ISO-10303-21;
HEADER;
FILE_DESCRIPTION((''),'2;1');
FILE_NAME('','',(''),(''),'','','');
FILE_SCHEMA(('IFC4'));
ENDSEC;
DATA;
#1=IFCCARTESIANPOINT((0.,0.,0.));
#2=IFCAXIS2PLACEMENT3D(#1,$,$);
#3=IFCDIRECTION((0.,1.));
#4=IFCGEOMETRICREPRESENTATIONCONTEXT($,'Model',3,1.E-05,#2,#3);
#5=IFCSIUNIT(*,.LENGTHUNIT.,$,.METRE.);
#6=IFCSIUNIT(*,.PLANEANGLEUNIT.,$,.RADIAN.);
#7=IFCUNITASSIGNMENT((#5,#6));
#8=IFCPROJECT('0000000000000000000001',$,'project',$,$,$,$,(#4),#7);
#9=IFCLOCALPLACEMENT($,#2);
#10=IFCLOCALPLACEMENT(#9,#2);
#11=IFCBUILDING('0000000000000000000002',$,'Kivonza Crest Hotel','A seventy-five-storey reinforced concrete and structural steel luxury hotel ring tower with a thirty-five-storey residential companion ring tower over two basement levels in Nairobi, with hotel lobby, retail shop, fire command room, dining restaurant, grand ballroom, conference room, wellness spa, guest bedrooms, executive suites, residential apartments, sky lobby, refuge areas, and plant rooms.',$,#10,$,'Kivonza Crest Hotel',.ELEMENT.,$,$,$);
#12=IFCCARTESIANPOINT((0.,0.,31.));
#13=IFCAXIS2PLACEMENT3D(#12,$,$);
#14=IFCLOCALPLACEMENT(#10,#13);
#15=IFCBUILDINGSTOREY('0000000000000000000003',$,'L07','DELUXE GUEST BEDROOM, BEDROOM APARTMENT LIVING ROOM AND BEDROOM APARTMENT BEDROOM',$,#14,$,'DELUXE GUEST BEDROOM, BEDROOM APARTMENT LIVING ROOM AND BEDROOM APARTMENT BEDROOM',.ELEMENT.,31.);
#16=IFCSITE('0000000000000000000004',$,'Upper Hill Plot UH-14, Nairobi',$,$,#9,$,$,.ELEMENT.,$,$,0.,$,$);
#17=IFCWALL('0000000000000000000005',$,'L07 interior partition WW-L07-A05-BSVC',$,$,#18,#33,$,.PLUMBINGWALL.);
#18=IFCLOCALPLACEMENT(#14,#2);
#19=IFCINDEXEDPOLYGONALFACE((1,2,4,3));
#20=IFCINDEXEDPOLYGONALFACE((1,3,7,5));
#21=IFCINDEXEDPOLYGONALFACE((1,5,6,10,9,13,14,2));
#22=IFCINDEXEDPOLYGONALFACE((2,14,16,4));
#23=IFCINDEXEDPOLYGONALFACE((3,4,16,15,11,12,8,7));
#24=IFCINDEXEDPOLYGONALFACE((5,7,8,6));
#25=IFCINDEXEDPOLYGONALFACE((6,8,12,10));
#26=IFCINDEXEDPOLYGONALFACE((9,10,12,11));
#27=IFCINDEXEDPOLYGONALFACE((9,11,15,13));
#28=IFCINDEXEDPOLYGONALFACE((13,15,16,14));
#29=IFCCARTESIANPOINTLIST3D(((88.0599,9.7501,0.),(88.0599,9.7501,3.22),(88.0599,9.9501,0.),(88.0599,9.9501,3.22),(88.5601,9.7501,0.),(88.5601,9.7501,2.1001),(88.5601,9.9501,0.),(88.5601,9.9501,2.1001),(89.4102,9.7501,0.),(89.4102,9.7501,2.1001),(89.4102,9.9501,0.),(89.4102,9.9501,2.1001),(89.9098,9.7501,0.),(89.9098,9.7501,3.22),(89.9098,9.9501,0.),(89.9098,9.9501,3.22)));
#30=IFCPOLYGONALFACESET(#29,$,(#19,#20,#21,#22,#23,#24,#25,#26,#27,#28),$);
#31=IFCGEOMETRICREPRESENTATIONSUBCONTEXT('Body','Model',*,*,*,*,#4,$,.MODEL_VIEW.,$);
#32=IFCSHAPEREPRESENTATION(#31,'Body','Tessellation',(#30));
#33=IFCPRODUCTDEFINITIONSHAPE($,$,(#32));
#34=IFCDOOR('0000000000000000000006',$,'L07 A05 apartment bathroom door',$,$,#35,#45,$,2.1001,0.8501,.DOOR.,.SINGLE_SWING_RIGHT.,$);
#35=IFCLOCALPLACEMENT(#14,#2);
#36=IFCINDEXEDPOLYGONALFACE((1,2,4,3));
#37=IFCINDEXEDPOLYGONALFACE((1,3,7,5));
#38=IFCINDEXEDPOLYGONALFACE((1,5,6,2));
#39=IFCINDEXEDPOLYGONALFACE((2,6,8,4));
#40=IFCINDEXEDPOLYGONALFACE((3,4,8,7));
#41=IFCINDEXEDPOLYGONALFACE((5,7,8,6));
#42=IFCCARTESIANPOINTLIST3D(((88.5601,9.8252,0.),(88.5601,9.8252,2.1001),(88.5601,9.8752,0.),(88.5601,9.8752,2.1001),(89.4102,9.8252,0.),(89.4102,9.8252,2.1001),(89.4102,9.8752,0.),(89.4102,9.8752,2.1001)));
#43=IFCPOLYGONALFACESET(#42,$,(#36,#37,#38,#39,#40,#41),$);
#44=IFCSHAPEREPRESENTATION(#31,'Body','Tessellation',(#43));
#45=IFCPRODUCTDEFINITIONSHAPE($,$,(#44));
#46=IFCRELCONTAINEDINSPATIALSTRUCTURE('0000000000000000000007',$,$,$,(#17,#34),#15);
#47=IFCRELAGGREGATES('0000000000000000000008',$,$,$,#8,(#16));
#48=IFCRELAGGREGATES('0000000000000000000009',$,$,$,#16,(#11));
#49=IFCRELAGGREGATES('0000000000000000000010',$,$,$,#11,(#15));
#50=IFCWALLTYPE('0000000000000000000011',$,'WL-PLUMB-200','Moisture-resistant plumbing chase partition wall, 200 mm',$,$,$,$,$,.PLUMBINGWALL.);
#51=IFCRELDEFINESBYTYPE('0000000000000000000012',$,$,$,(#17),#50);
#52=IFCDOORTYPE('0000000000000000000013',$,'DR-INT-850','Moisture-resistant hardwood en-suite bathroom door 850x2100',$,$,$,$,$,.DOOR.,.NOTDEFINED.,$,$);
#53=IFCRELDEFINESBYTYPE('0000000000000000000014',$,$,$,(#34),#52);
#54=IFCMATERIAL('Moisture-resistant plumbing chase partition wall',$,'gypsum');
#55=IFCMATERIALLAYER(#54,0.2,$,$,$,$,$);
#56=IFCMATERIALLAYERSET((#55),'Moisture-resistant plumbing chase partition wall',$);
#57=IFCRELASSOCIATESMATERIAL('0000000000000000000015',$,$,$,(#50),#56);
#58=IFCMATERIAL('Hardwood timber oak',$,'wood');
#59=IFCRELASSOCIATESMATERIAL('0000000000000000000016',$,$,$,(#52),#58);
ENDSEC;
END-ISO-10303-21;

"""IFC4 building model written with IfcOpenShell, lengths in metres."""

from ifc_helpers import new_model, si_unit, direction, frame, frame_2d, origin, place, context, subcontext, project, spatial, rectangle, extrude, material, layer, layer_set, type_object, element, fill, save


model = new_model("IFC4")

# Units and contexts
model_context = context("Model", 3, precision=1e-05, world=origin(), true_north=direction((0.0, 1.0)))
body_context = subcontext(model_context, "Body", "Model", "MODEL_VIEW")
ifc_project = project(units=[si_unit("LENGTHUNIT", "METRE"), si_unit("PLANEANGLEUNIT", "RADIAN")], contexts=[model_context])

# Site, building, storey
site_placement = place(None, origin())
site = spatial("IfcSite", under=ifc_project, at=site_placement, Name="Upper Hill Plot UH-14, Nairobi", CompositionType="ELEMENT", RefElevation=0.0)
building_placement = place(site_placement, origin())
building = spatial("IfcBuilding", under=site, at=building_placement, Name="Kivonza Crest Hotel", Description="A seventy-five-storey reinforced concrete and structural steel luxury hotel ring tower with a thirty-five-storey residential companion ring tower over two basement levels in Nairobi, with hotel lobby, retail shop, fire command room, dining restaurant, grand ballroom, conference room, wellness spa, guest bedrooms, executive suites, residential apartments, sky lobby, refuge areas, and plant rooms.", LongName="Kivonza Crest Hotel", CompositionType="ELEMENT")
storey_placement = place(building_placement, frame((0.0, 0.0, 31.0)))
storey = spatial("IfcBuildingStorey", under=building, at=storey_placement, Name="L07", Description="DELUXE GUEST BEDROOM, BEDROOM APARTMENT LIVING ROOM AND BEDROOM APARTMENT BEDROOM", LongName="DELUXE GUEST BEDROOM, BEDROOM APARTMENT LIVING ROOM AND BEDROOM APARTMENT BEDROOM", CompositionType="ELEMENT", Elevation=31.0)

# Shared definitions
ifc_material_1 = material(Name="Hardwood timber oak", Category="wood")

# Shared definitions
ifc_material_2 = material(Name="Moisture-resistant plumbing chase partition wall", Category="gypsum")
ifc_layer_1 = layer(ifc_material_2, 0.2)
ifc_layer_set_1 = layer_set([ifc_layer_1], Name="Moisture-resistant plumbing chase partition wall")
wall_type_1 = type_object("IfcWallType", Name="WL-PLUMB-200", Description="Moisture-resistant plumbing chase partition wall, 200 mm", PredefinedType="PLUMBINGWALL", material=ifc_layer_set_1)

# Wall, opening, door
wall_1_placement = place(storey_placement, frame((88.0601, 9.8501, 0.0), z_axis=(0.0, 0.0, 1.0), x_axis=(1.0, 0.0, 0.0)))
wall_1 = element("IfcWall", 1, at=wall_1_placement, inside=storey, type_object=wall_type_1, Name="L07 interior partition WW-L07-A05-BSVC", PredefinedType="PLUMBINGWALL", context=body_context, shape_type="SweptSolid", body=[
    extrude(rectangle(XDim=1.8499, YDim=0.2, at=frame_2d((0.9248, 0.0))), origin(), (0.0, 0.0, 1.0), 3.22),
])
opening_1_placement = place(wall_1_placement, frame((0.5, 0.0, 0.0)))
opening_1 = element("IfcOpeningElement", 2, at=opening_1_placement, cuts=wall_1, PredefinedType="OPENING", context=body_context, shape_type="SweptSolid", body=[
    extrude(rectangle(XDim=0.8501, YDim=2.1001, at=frame_2d((0.425, 1.05))), frame((0.0, 0.1099, 0.0), z_axis=(0.0, -1.0, 0.0), x_axis=(1.0, 0.0, 0.0)), (0.0, 0.0, 1.0), 0.22),
])
door_type_1 = type_object("IfcDoorType", Name="DR-INT-850", Description="Moisture-resistant hardwood en-suite bathroom door 850x2100", OperationType="NOTDEFINED", PredefinedType="DOOR", material=ifc_material_1)
door_1_placement = place(opening_1_placement, frame((0.8501, 0.0, 0.0), z_axis=(0.0, 0.0, 1.0), x_axis=(-1.0, 0.0, 0.0)))
door_1 = element("IfcDoor", 3, at=door_1_placement, inside=storey, type_object=door_type_1, Name="L07 A05 apartment bathroom door", OperationType="SINGLE_SWING_RIGHT", OverallHeight=2.1001, OverallWidth=0.8501, PredefinedType="DOOR", context=body_context, shape_type="SweptSolid", body=[
    extrude(rectangle(XDim=0.8501, YDim=2.1001, at=frame_2d((0.425, 1.05))), frame((0.0, 0.0249, 0.0), z_axis=(0.0, -1.0, 0.0), x_axis=(1.0, 0.0, 0.0)), (0.0, 0.0, 1.0), 0.05),
])
fill(opening_1, door_1)

save(model, "model.ifc")
